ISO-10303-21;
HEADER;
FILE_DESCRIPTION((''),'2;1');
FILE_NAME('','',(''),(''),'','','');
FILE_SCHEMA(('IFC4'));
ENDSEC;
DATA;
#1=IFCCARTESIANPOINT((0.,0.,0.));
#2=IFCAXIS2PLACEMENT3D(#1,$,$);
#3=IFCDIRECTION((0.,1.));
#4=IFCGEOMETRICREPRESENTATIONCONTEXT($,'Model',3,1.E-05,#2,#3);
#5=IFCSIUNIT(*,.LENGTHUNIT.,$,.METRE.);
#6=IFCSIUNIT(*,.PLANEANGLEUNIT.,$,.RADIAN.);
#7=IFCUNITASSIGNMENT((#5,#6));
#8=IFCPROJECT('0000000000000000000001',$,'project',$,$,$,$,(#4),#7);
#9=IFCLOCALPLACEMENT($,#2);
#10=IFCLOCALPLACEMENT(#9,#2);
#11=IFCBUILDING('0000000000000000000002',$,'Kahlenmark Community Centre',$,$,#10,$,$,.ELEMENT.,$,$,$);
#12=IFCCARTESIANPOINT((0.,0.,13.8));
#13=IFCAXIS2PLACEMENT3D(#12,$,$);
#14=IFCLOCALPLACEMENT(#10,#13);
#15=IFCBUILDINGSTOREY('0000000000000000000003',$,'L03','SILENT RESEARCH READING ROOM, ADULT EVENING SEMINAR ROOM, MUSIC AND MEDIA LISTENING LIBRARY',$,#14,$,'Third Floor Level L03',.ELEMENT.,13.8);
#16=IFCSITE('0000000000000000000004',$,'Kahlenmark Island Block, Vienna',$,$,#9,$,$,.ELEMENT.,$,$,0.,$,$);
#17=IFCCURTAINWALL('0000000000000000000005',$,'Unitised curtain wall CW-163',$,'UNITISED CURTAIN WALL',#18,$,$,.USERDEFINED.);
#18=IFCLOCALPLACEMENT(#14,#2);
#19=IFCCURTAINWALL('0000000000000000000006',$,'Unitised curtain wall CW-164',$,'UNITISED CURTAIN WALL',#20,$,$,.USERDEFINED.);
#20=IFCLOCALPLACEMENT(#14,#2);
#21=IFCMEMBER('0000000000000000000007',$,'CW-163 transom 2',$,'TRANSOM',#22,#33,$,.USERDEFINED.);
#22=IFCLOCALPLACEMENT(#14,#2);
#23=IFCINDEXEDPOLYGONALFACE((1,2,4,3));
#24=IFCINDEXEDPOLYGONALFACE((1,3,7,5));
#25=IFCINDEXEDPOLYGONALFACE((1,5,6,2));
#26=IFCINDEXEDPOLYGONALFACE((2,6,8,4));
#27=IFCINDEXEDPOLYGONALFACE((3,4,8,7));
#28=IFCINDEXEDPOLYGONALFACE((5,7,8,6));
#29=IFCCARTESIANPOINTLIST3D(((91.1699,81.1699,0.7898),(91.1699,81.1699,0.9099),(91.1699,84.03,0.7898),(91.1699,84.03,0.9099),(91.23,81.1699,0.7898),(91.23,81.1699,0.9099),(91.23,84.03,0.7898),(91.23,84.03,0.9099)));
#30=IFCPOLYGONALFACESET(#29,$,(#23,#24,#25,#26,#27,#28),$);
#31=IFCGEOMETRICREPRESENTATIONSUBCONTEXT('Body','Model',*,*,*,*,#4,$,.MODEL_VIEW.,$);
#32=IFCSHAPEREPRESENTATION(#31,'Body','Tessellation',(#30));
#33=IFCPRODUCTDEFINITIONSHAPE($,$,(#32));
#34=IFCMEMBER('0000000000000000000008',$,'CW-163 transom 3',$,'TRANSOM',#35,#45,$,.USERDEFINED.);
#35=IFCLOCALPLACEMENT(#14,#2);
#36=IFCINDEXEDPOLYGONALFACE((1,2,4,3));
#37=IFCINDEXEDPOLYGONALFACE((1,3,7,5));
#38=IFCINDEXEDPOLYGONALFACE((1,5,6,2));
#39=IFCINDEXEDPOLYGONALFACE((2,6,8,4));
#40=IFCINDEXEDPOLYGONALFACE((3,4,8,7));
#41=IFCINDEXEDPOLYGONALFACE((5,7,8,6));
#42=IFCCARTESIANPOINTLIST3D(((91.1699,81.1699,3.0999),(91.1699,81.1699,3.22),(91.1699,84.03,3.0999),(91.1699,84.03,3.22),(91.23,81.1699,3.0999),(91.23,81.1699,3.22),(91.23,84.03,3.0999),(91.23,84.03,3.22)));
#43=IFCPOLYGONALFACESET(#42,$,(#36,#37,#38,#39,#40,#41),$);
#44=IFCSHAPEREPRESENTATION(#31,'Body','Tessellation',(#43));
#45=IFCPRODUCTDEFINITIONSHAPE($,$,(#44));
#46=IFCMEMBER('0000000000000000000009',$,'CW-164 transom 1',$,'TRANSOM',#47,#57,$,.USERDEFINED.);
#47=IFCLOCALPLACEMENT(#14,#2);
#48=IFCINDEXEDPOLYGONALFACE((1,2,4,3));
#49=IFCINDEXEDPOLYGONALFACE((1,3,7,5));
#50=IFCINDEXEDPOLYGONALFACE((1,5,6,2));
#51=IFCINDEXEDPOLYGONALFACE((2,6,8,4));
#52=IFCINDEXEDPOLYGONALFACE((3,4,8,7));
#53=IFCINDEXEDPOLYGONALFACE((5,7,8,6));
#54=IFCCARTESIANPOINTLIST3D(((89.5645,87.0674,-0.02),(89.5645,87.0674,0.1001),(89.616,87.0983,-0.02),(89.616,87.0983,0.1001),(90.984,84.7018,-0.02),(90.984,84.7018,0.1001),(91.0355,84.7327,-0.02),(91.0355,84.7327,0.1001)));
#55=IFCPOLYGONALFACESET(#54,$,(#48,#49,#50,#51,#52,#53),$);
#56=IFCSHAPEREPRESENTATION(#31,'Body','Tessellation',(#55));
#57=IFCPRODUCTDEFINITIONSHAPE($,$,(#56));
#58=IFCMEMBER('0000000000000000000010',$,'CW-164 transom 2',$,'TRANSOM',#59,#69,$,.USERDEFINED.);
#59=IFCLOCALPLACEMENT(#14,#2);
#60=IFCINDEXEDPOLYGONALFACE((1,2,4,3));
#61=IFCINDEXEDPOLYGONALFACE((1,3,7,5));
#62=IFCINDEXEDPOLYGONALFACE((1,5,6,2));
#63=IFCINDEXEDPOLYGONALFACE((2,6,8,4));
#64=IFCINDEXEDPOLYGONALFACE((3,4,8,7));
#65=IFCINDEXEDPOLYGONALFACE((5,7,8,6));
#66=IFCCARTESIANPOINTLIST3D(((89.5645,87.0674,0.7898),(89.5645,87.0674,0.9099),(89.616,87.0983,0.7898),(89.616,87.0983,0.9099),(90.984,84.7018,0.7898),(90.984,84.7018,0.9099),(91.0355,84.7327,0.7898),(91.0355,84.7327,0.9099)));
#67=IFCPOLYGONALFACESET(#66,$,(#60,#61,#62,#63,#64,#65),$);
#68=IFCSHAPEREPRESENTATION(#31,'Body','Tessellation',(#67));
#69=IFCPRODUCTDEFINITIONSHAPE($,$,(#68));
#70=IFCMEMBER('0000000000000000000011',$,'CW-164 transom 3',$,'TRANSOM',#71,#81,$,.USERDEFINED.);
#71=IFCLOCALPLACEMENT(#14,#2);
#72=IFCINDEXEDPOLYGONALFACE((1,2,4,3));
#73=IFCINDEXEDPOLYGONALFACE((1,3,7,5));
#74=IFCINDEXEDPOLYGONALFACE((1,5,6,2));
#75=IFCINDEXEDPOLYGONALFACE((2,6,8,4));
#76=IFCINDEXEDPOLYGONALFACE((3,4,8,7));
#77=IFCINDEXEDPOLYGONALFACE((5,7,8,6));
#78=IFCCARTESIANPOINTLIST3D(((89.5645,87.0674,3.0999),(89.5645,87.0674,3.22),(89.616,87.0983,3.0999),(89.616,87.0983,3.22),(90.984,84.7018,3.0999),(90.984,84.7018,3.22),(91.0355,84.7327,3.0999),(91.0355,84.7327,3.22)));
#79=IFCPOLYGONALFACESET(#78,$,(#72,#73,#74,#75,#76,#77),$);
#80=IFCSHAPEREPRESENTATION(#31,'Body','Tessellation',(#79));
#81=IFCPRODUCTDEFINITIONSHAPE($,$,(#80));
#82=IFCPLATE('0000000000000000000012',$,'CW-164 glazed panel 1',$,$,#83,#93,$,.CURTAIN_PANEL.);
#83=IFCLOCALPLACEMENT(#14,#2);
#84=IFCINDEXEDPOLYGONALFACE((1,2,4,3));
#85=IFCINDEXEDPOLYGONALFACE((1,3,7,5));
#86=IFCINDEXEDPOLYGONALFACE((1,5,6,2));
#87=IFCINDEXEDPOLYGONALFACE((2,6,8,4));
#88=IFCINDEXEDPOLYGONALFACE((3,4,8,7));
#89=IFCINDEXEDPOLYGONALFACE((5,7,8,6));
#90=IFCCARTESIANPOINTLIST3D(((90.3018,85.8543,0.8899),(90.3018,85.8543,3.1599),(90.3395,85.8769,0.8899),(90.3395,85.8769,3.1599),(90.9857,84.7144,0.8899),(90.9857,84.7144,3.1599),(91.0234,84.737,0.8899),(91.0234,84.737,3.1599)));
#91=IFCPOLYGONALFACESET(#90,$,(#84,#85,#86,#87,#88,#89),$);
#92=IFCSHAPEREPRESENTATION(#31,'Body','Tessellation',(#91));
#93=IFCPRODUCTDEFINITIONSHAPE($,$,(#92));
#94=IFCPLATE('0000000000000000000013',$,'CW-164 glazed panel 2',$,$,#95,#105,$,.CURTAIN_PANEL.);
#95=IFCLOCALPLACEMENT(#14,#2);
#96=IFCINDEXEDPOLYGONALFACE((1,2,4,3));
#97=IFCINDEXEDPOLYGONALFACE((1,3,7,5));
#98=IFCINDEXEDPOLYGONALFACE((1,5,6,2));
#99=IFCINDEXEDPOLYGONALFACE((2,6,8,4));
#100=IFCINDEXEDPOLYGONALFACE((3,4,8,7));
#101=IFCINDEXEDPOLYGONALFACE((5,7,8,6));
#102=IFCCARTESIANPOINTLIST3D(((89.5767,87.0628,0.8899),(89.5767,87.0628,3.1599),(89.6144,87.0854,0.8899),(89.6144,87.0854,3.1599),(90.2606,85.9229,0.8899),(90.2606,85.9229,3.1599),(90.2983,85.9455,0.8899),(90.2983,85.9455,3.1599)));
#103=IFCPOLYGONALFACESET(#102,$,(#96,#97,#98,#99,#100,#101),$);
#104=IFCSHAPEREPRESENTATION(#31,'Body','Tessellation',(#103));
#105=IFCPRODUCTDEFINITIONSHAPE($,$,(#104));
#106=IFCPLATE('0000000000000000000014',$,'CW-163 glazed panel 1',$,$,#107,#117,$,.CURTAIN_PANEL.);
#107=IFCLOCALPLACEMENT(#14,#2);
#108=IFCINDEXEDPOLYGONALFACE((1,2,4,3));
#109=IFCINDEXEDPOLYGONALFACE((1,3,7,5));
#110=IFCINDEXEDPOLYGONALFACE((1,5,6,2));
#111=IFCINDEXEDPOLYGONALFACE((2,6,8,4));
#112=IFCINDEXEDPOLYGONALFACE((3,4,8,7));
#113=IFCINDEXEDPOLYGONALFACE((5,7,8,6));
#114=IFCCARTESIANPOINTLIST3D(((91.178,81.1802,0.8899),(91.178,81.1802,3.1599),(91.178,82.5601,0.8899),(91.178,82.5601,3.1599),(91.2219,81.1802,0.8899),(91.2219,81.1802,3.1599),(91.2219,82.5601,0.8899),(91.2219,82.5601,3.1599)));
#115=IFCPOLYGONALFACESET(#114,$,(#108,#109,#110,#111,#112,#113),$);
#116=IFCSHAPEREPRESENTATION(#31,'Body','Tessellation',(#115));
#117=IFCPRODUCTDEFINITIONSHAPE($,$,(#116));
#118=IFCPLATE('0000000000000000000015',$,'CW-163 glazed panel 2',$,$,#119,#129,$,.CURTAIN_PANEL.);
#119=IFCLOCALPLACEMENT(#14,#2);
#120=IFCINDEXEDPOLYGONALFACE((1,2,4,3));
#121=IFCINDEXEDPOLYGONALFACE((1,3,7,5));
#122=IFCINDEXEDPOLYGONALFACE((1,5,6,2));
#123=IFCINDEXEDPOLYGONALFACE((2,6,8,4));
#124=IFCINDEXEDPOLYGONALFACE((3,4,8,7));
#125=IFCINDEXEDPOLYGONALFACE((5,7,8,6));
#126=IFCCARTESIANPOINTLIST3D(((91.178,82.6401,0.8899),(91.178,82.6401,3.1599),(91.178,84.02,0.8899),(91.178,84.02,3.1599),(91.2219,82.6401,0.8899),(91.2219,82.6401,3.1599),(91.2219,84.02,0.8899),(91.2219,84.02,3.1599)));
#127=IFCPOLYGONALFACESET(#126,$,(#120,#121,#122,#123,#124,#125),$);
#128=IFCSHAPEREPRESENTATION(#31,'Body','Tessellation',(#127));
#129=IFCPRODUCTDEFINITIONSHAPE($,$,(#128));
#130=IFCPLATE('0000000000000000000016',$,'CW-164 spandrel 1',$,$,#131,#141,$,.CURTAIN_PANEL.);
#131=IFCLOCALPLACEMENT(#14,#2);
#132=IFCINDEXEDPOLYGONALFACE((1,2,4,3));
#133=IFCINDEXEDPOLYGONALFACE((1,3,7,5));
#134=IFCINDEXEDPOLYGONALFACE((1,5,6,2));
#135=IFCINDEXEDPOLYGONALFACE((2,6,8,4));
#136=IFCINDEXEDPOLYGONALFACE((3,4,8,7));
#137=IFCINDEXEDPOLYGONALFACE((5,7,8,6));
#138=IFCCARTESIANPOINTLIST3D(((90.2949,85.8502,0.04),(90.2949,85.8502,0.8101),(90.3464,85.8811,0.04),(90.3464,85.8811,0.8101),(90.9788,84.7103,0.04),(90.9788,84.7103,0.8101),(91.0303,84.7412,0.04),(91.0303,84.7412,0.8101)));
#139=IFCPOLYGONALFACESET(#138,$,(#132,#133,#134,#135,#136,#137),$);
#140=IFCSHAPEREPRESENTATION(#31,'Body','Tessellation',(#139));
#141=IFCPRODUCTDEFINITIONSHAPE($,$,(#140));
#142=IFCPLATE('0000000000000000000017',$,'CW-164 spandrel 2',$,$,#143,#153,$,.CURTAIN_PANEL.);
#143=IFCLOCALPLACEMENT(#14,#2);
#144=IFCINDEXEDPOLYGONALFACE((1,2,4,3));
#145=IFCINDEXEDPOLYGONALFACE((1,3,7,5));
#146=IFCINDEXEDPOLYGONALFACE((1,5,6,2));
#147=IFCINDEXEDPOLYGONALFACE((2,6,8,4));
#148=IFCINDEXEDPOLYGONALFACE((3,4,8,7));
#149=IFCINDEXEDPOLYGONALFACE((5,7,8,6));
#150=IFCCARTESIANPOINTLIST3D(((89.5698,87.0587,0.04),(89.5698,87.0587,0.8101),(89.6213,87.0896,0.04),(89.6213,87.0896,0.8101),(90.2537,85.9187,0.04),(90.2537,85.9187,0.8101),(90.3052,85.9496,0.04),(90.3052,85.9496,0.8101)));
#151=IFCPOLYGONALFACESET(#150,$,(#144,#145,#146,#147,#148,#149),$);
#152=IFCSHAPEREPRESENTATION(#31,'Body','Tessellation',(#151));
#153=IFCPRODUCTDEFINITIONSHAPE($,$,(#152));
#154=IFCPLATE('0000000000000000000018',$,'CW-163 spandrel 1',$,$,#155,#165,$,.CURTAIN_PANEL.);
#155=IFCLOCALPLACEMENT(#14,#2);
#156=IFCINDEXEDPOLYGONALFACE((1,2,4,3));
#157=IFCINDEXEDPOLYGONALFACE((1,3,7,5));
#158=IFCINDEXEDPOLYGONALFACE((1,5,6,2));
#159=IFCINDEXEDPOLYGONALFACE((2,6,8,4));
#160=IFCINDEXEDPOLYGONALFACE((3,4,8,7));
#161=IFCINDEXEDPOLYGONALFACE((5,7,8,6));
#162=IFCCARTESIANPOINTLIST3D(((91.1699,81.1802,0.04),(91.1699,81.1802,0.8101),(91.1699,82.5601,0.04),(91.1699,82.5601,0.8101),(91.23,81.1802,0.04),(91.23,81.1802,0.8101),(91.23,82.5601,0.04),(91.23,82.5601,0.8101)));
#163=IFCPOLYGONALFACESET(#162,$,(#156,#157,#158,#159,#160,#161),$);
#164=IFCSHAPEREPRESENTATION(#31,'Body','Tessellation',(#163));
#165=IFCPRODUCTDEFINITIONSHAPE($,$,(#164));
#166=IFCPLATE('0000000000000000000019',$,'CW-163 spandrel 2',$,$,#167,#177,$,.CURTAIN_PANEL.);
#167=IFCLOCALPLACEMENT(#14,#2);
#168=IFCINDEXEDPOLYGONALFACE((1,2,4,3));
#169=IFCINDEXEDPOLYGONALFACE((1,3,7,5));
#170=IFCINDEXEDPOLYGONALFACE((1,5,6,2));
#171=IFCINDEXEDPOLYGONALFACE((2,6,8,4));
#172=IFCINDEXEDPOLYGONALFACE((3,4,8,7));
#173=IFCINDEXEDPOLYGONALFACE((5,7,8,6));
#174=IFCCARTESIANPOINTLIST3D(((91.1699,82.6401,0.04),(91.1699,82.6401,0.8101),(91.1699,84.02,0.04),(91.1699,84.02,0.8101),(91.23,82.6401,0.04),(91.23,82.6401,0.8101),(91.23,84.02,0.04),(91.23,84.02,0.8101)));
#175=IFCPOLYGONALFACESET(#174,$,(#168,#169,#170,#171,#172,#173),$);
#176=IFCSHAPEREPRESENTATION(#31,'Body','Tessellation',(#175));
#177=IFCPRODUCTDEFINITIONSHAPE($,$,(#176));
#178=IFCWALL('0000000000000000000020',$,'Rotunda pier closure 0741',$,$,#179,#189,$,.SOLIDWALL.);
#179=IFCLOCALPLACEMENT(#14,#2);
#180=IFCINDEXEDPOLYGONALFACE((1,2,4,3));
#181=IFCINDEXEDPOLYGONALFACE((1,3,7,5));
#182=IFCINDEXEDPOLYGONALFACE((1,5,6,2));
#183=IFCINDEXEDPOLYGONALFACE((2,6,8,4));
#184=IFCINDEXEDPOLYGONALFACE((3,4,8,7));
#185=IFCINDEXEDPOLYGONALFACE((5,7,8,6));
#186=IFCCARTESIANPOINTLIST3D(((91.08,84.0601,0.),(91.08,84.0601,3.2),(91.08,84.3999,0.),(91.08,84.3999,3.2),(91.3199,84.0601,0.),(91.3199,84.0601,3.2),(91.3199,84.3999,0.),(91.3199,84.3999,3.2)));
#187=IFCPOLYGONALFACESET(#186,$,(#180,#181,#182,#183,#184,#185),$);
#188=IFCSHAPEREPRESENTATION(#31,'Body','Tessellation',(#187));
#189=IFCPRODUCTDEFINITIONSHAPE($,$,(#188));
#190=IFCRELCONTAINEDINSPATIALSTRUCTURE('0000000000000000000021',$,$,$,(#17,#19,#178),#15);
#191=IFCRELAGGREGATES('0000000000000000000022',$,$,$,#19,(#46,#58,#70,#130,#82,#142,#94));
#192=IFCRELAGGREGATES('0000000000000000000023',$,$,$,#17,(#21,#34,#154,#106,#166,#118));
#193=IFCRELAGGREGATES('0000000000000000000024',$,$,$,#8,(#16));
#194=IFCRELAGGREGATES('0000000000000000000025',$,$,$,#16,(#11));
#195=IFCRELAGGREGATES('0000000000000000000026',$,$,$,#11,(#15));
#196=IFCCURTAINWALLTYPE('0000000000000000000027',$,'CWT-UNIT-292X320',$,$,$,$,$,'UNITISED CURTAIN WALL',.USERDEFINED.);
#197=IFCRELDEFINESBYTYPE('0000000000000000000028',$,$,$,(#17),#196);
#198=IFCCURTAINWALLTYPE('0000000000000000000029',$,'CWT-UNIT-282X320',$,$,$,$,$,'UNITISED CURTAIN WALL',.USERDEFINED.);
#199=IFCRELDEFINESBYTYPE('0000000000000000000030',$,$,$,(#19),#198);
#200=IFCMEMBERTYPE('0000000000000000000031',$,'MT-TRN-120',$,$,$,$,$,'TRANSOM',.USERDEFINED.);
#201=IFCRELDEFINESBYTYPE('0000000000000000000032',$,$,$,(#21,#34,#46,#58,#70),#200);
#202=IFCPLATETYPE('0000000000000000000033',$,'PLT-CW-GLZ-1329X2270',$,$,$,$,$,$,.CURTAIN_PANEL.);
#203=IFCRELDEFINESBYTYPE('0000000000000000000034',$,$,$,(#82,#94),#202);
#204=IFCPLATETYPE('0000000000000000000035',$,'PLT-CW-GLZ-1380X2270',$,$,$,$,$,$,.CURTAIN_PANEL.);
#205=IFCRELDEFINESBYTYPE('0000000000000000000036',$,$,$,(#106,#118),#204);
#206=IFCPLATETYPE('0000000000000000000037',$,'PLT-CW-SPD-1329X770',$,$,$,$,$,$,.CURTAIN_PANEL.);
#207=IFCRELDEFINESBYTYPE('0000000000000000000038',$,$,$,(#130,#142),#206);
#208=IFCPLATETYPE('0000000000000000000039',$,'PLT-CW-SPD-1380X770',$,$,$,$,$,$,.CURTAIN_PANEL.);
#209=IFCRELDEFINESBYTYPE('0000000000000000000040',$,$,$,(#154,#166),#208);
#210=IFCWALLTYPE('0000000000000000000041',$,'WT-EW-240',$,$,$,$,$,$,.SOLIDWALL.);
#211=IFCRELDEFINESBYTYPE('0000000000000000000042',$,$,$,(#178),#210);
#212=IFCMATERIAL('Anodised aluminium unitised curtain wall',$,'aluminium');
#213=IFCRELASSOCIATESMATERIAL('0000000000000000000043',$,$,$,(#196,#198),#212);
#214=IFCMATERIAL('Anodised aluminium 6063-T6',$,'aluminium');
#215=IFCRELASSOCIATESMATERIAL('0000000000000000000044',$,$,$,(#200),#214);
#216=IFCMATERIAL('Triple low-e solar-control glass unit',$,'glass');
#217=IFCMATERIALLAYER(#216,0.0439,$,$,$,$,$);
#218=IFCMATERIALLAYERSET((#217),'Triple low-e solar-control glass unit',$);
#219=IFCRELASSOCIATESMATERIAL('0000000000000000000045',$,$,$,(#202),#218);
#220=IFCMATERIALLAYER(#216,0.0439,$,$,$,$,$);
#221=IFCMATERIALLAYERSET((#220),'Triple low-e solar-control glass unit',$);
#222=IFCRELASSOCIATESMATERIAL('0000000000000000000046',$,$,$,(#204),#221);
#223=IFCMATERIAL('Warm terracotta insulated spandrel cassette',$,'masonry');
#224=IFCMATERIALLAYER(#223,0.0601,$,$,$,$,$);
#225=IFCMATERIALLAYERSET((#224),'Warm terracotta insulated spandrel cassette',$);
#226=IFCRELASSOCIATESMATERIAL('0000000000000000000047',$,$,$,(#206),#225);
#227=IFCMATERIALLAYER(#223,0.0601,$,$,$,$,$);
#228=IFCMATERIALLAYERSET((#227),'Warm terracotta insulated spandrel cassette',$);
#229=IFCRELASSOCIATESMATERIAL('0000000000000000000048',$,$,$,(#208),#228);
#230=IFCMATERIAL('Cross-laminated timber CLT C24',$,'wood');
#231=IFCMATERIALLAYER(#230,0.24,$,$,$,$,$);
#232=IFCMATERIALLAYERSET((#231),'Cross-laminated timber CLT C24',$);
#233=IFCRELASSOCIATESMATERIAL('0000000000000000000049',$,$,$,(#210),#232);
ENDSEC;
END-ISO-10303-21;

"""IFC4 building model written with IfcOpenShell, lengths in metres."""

from ifc_helpers import new_model, si_unit, direction, frame, frame_2d, origin, origin_2d, place, context, subcontext, project, spatial, rectangle, extrude, material, layer, layer_set, material_profile, profile_set, type_object, element, aggregate, save


model = new_model("IFC4")

# Units and contexts
model_context = context("Model", 3, precision=1e-05, world=origin(), true_north=direction((0.0, 1.0)))
body_context = subcontext(model_context, "Body", "Model", "MODEL_VIEW")
ifc_project = project(units=[si_unit("LENGTHUNIT", "METRE"), si_unit("PLANEANGLEUNIT", "RADIAN")], contexts=[model_context])

# Site, building, storey
site_placement = place(None, origin())
site = spatial("IfcSite", under=ifc_project, at=site_placement, Name="Kahlenmark Island Block, Vienna", CompositionType="ELEMENT", RefElevation=0.0)
building_placement = place(site_placement, origin())
building = spatial("IfcBuilding", under=site, at=building_placement, Name="Kahlenmark Community Centre", CompositionType="ELEMENT")
storey_placement = place(building_placement, frame((0.0, 0.0, 13.8)))
storey = spatial("IfcBuildingStorey", under=building, at=storey_placement, Name="L03", Description="SILENT RESEARCH READING ROOM, ADULT EVENING SEMINAR ROOM, MUSIC AND MEDIA LISTENING LIBRARY", LongName="Third Floor Level L03", CompositionType="ELEMENT", Elevation=13.8)

# Curtain walls
ifc_material_1 = material(Name="Anodised aluminium unitised curtain wall", Category="aluminium")
curtain_wall_type_1 = type_object("IfcCurtainWallType", Name="CWT-UNIT-292X320", ElementType="UNITISED CURTAIN WALL", PredefinedType="USERDEFINED", material=ifc_material_1)
curtain_wall_1_placement = place(storey_placement, origin())
curtain_wall_1 = element("IfcCurtainWall", 1, at=curtain_wall_1_placement, inside=storey, type_object=curtain_wall_type_1, Name="Unitised curtain wall CW-163", ObjectType="UNITISED CURTAIN WALL", PredefinedType="USERDEFINED")
ifc_material_2 = material(Name="Anodised aluminium 6063-T6", Category="aluminium")
curtain_wall_type_2 = type_object("IfcCurtainWallType", Name="CWT-UNIT-282X320", ElementType="UNITISED CURTAIN WALL", PredefinedType="USERDEFINED", material=ifc_material_1)
curtain_wall_2_placement = place(storey_placement, origin())
curtain_wall_2 = element("IfcCurtainWall", 2, at=curtain_wall_2_placement, inside=storey, type_object=curtain_wall_type_2, Name="Unitised curtain wall CW-164", ObjectType="UNITISED CURTAIN WALL", PredefinedType="USERDEFINED")

# Members
ifc_material_profile_1 = material_profile(ifc_material_2, rectangle(XDim=0.0601, YDim=0.1201, at=origin_2d()), Name="ALU TRANSOM 60x120")
ifc_profile_set_1 = profile_set([ifc_material_profile_1], Name="Anodised aluminium 6063-T6")
member_type_1 = type_object("IfcMemberType", Name="MT-TRN-120", ElementType="TRANSOM", PredefinedType="USERDEFINED", material=ifc_profile_set_1)
member_1_placement = place(storey_placement, frame((91.2, 81.1699, 0.8499), z_axis=(0.0, 1.0, 0.0), x_axis=(-1.0, 0.0, 0.0)))
member_1 = element("IfcMember", 3, at=member_1_placement, type_object=member_type_1, Name="CW-163 transom 2", ObjectType="TRANSOM", PredefinedType="USERDEFINED", context=body_context, shape_type="SweptSolid", body=[
    extrude(rectangle(XDim=0.0601, YDim=0.1201, at=origin_2d()), origin(), (0.0, 0.0, 1.0), 2.8601),
])
member_2_placement = place(storey_placement, frame((91.2, 81.1699, 3.1599), z_axis=(0.0, 1.0, 0.0), x_axis=(-1.0, 0.0, 0.0)))
member_2 = element("IfcMember", 4, at=member_2_placement, type_object=member_type_1, Name="CW-163 transom 3", ObjectType="TRANSOM", PredefinedType="USERDEFINED", context=body_context, shape_type="SweptSolid", body=[
    extrude(rectangle(XDim=0.0601, YDim=0.1201, at=origin_2d()), origin(), (0.0, 0.0, 1.0), 2.8601),
])
member_3_placement = place(storey_placement, frame((91.0098, 84.7173, 0.04), z_axis=(-0.514535, 0.857469, 0.0), x_axis=(-0.857469, -0.514535, 0.0)))
member_3 = element("IfcMember", 5, at=member_3_placement, type_object=member_type_1, Name="CW-164 transom 1", ObjectType="TRANSOM", PredefinedType="USERDEFINED", context=body_context, shape_type="SweptSolid", body=[
    extrude(rectangle(XDim=0.0601, YDim=0.1201, at=origin_2d()), origin(), (0.0, 0.0, 1.0), 2.7588),
])
member_4_placement = place(storey_placement, frame((91.0098, 84.7173, 0.8499), z_axis=(-0.514535, 0.857469, 0.0), x_axis=(-0.857469, -0.514535, 0.0)))
member_4 = element("IfcMember", 6, at=member_4_placement, type_object=member_type_1, Name="CW-164 transom 2", ObjectType="TRANSOM", PredefinedType="USERDEFINED", context=body_context, shape_type="SweptSolid", body=[
    extrude(rectangle(XDim=0.0601, YDim=0.1201, at=origin_2d()), origin(), (0.0, 0.0, 1.0), 2.7588),
])
member_5_placement = place(storey_placement, frame((91.0098, 84.7173, 3.1599), z_axis=(-0.514535, 0.857469, 0.0), x_axis=(-0.857469, -0.514535, 0.0)))
member_5 = element("IfcMember", 7, at=member_5_placement, type_object=member_type_1, Name="CW-164 transom 3", ObjectType="TRANSOM", PredefinedType="USERDEFINED", context=body_context, shape_type="SweptSolid", body=[
    extrude(rectangle(XDim=0.0601, YDim=0.1201, at=origin_2d()), origin(), (0.0, 0.0, 1.0), 2.7588),
])

# Plates
ifc_material_3 = material(Name="Triple low-e solar-control glass unit", Category="glass")
ifc_layer_1 = layer(ifc_material_3, 0.0439)
ifc_layer_set_1 = layer_set([ifc_layer_1], Name="Triple low-e solar-control glass unit")
plate_type_1 = type_object("IfcPlateType", Name="PLT-CW-GLZ-1329X2270", PredefinedType="CURTAIN_PANEL", material=ifc_layer_set_1)
plate_1_placement = place(storey_placement, frame((90.6626, 85.2957, 0.8899), z_axis=(0.0, 0.0, 1.0), x_axis=(-0.514496, 0.857493, 0.0)))
plate_1 = element("IfcPlate", 8, at=plate_1_placement, type_object=plate_type_1, Name="CW-164 glazed panel 1", PredefinedType="CURTAIN_PANEL", context=body_context, shape_type="SweptSolid", body=[
    extrude(rectangle(XDim=1.3293, YDim=0.0439, at=origin_2d()), origin(), (0.0, 0.0, 1.0), 2.27),
])
plate_2_placement = place(storey_placement, frame((89.9375, 86.5042, 0.8899), z_axis=(0.0, 0.0, 1.0), x_axis=(-0.514496, 0.857493, 0.0)))
plate_2 = element("IfcPlate", 9, at=plate_2_placement, type_object=plate_type_1, Name="CW-164 glazed panel 2", PredefinedType="CURTAIN_PANEL", context=body_context, shape_type="SweptSolid", body=[
    extrude(rectangle(XDim=1.3293, YDim=0.0439, at=origin_2d()), origin(), (0.0, 0.0, 1.0), 2.27),
])
ifc_layer_2 = layer(ifc_material_3, 0.0439)
ifc_layer_set_2 = layer_set([ifc_layer_2], Name="Triple low-e solar-control glass unit")
plate_type_2 = type_object("IfcPlateType", Name="PLT-CW-GLZ-1380X2270", PredefinedType="CURTAIN_PANEL", material=ifc_layer_set_2)
plate_3_placement = place(storey_placement, frame((91.2, 81.8701, 0.8899), z_axis=(0.0, 0.0, 1.0), x_axis=(0.0, 1.0, 0.0)))
plate_3 = element("IfcPlate", 10, at=plate_3_placement, type_object=plate_type_2, Name="CW-163 glazed panel 1", PredefinedType="CURTAIN_PANEL", context=body_context, shape_type="SweptSolid", body=[
    extrude(rectangle(XDim=1.3799, YDim=0.0439, at=origin_2d()), origin(), (0.0, 0.0, 1.0), 2.27),
])
plate_4_placement = place(storey_placement, frame((91.2, 83.3301, 0.8899), z_axis=(0.0, 0.0, 1.0), x_axis=(0.0, 1.0, 0.0)))
plate_4 = element("IfcPlate", 11, at=plate_4_placement, type_object=plate_type_2, Name="CW-163 glazed panel 2", PredefinedType="CURTAIN_PANEL", context=body_context, shape_type="SweptSolid", body=[
    extrude(rectangle(XDim=1.3799, YDim=0.0439, at=origin_2d()), origin(), (0.0, 0.0, 1.0), 2.27),
])
ifc_material_4 = material(Name="Warm terracotta insulated spandrel cassette", Category="masonry")
ifc_layer_3 = layer(ifc_material_4, 0.0601)
ifc_layer_set_3 = layer_set([ifc_layer_3], Name="Warm terracotta insulated spandrel cassette")
plate_type_3 = type_object("IfcPlateType", Name="PLT-CW-SPD-1329X770", PredefinedType="CURTAIN_PANEL", material=ifc_layer_set_3)
plate_5_placement = place(storey_placement, frame((90.6626, 85.2957, 0.04), z_axis=(0.0, 0.0, 1.0), x_axis=(-0.514496, 0.857493, 0.0)))
plate_5 = element("IfcPlate", 12, at=plate_5_placement, type_object=plate_type_3, Name="CW-164 spandrel 1", PredefinedType="CURTAIN_PANEL", context=body_context, shape_type="SweptSolid", body=[
    extrude(rectangle(XDim=1.3293, YDim=0.0601, at=origin_2d()), origin(), (0.0, 0.0, 1.0), 0.77),
])
plate_6_placement = place(storey_placement, frame((89.9375, 86.5042, 0.04), z_axis=(0.0, 0.0, 1.0), x_axis=(-0.514496, 0.857493, 0.0)))
plate_6 = element("IfcPlate", 13, at=plate_6_placement, type_object=plate_type_3, Name="CW-164 spandrel 2", PredefinedType="CURTAIN_PANEL", context=body_context, shape_type="SweptSolid", body=[
    extrude(rectangle(XDim=1.3293, YDim=0.0601, at=origin_2d()), origin(), (0.0, 0.0, 1.0), 0.77),
])
aggregate(curtain_wall_2, [member_3, member_4, member_5, plate_5, plate_1, plate_6, plate_2])
ifc_layer_4 = layer(ifc_material_4, 0.0601)
ifc_layer_set_4 = layer_set([ifc_layer_4], Name="Warm terracotta insulated spandrel cassette")
plate_type_4 = type_object("IfcPlateType", Name="PLT-CW-SPD-1380X770", PredefinedType="CURTAIN_PANEL", material=ifc_layer_set_4)
plate_7_placement = place(storey_placement, frame((91.2, 81.8701, 0.04), z_axis=(0.0, 0.0, 1.0), x_axis=(0.0, 1.0, 0.0)))
plate_7 = element("IfcPlate", 14, at=plate_7_placement, type_object=plate_type_4, Name="CW-163 spandrel 1", PredefinedType="CURTAIN_PANEL", context=body_context, shape_type="SweptSolid", body=[
    extrude(rectangle(XDim=1.3799, YDim=0.0601, at=origin_2d()), origin(), (0.0, 0.0, 1.0), 0.77),
])
plate_8_placement = place(storey_placement, frame((91.2, 83.3301, 0.04), z_axis=(0.0, 0.0, 1.0), x_axis=(0.0, 1.0, 0.0)))
plate_8 = element("IfcPlate", 15, at=plate_8_placement, type_object=plate_type_4, Name="CW-163 spandrel 2", PredefinedType="CURTAIN_PANEL", context=body_context, shape_type="SweptSolid", body=[
    extrude(rectangle(XDim=1.3799, YDim=0.0601, at=origin_2d()), origin(), (0.0, 0.0, 1.0), 0.77),
])
aggregate(curtain_wall_1, [member_1, member_2, plate_7, plate_3, plate_8, plate_4])

# Wall
ifc_material_5 = material(Name="Cross-laminated timber CLT C24", Category="wood")
ifc_layer_5 = layer(ifc_material_5, 0.24)
ifc_layer_set_5 = layer_set([ifc_layer_5], Name="Cross-laminated timber CLT C24")
wall_type = type_object("IfcWallType", Name="WT-EW-240", PredefinedType="SOLIDWALL", material=ifc_layer_set_5)
for number, where, z_axis, x_axis, name in (
    (16, (91.2, 84.0601, 0.0), (0.0, 0.0, 1.0), (0.0, 1.0, 0.0), "Rotunda pier closure 0741"),
):
    element("IfcWall", number, at=place(storey_placement, frame(where, z_axis=z_axis, x_axis=x_axis)), inside=storey, type_object=wall_type, Name=name, PredefinedType="SOLIDWALL", context=body_context, shape_type="SweptSolid", body=[
        extrude(rectangle(XDim=0.3398, YDim=0.24, at=frame_2d((0.1699, 0.0))), origin(), (0.0, 0.0, 1.0), 3.2),
    ])

save(model, "model.ifc")
